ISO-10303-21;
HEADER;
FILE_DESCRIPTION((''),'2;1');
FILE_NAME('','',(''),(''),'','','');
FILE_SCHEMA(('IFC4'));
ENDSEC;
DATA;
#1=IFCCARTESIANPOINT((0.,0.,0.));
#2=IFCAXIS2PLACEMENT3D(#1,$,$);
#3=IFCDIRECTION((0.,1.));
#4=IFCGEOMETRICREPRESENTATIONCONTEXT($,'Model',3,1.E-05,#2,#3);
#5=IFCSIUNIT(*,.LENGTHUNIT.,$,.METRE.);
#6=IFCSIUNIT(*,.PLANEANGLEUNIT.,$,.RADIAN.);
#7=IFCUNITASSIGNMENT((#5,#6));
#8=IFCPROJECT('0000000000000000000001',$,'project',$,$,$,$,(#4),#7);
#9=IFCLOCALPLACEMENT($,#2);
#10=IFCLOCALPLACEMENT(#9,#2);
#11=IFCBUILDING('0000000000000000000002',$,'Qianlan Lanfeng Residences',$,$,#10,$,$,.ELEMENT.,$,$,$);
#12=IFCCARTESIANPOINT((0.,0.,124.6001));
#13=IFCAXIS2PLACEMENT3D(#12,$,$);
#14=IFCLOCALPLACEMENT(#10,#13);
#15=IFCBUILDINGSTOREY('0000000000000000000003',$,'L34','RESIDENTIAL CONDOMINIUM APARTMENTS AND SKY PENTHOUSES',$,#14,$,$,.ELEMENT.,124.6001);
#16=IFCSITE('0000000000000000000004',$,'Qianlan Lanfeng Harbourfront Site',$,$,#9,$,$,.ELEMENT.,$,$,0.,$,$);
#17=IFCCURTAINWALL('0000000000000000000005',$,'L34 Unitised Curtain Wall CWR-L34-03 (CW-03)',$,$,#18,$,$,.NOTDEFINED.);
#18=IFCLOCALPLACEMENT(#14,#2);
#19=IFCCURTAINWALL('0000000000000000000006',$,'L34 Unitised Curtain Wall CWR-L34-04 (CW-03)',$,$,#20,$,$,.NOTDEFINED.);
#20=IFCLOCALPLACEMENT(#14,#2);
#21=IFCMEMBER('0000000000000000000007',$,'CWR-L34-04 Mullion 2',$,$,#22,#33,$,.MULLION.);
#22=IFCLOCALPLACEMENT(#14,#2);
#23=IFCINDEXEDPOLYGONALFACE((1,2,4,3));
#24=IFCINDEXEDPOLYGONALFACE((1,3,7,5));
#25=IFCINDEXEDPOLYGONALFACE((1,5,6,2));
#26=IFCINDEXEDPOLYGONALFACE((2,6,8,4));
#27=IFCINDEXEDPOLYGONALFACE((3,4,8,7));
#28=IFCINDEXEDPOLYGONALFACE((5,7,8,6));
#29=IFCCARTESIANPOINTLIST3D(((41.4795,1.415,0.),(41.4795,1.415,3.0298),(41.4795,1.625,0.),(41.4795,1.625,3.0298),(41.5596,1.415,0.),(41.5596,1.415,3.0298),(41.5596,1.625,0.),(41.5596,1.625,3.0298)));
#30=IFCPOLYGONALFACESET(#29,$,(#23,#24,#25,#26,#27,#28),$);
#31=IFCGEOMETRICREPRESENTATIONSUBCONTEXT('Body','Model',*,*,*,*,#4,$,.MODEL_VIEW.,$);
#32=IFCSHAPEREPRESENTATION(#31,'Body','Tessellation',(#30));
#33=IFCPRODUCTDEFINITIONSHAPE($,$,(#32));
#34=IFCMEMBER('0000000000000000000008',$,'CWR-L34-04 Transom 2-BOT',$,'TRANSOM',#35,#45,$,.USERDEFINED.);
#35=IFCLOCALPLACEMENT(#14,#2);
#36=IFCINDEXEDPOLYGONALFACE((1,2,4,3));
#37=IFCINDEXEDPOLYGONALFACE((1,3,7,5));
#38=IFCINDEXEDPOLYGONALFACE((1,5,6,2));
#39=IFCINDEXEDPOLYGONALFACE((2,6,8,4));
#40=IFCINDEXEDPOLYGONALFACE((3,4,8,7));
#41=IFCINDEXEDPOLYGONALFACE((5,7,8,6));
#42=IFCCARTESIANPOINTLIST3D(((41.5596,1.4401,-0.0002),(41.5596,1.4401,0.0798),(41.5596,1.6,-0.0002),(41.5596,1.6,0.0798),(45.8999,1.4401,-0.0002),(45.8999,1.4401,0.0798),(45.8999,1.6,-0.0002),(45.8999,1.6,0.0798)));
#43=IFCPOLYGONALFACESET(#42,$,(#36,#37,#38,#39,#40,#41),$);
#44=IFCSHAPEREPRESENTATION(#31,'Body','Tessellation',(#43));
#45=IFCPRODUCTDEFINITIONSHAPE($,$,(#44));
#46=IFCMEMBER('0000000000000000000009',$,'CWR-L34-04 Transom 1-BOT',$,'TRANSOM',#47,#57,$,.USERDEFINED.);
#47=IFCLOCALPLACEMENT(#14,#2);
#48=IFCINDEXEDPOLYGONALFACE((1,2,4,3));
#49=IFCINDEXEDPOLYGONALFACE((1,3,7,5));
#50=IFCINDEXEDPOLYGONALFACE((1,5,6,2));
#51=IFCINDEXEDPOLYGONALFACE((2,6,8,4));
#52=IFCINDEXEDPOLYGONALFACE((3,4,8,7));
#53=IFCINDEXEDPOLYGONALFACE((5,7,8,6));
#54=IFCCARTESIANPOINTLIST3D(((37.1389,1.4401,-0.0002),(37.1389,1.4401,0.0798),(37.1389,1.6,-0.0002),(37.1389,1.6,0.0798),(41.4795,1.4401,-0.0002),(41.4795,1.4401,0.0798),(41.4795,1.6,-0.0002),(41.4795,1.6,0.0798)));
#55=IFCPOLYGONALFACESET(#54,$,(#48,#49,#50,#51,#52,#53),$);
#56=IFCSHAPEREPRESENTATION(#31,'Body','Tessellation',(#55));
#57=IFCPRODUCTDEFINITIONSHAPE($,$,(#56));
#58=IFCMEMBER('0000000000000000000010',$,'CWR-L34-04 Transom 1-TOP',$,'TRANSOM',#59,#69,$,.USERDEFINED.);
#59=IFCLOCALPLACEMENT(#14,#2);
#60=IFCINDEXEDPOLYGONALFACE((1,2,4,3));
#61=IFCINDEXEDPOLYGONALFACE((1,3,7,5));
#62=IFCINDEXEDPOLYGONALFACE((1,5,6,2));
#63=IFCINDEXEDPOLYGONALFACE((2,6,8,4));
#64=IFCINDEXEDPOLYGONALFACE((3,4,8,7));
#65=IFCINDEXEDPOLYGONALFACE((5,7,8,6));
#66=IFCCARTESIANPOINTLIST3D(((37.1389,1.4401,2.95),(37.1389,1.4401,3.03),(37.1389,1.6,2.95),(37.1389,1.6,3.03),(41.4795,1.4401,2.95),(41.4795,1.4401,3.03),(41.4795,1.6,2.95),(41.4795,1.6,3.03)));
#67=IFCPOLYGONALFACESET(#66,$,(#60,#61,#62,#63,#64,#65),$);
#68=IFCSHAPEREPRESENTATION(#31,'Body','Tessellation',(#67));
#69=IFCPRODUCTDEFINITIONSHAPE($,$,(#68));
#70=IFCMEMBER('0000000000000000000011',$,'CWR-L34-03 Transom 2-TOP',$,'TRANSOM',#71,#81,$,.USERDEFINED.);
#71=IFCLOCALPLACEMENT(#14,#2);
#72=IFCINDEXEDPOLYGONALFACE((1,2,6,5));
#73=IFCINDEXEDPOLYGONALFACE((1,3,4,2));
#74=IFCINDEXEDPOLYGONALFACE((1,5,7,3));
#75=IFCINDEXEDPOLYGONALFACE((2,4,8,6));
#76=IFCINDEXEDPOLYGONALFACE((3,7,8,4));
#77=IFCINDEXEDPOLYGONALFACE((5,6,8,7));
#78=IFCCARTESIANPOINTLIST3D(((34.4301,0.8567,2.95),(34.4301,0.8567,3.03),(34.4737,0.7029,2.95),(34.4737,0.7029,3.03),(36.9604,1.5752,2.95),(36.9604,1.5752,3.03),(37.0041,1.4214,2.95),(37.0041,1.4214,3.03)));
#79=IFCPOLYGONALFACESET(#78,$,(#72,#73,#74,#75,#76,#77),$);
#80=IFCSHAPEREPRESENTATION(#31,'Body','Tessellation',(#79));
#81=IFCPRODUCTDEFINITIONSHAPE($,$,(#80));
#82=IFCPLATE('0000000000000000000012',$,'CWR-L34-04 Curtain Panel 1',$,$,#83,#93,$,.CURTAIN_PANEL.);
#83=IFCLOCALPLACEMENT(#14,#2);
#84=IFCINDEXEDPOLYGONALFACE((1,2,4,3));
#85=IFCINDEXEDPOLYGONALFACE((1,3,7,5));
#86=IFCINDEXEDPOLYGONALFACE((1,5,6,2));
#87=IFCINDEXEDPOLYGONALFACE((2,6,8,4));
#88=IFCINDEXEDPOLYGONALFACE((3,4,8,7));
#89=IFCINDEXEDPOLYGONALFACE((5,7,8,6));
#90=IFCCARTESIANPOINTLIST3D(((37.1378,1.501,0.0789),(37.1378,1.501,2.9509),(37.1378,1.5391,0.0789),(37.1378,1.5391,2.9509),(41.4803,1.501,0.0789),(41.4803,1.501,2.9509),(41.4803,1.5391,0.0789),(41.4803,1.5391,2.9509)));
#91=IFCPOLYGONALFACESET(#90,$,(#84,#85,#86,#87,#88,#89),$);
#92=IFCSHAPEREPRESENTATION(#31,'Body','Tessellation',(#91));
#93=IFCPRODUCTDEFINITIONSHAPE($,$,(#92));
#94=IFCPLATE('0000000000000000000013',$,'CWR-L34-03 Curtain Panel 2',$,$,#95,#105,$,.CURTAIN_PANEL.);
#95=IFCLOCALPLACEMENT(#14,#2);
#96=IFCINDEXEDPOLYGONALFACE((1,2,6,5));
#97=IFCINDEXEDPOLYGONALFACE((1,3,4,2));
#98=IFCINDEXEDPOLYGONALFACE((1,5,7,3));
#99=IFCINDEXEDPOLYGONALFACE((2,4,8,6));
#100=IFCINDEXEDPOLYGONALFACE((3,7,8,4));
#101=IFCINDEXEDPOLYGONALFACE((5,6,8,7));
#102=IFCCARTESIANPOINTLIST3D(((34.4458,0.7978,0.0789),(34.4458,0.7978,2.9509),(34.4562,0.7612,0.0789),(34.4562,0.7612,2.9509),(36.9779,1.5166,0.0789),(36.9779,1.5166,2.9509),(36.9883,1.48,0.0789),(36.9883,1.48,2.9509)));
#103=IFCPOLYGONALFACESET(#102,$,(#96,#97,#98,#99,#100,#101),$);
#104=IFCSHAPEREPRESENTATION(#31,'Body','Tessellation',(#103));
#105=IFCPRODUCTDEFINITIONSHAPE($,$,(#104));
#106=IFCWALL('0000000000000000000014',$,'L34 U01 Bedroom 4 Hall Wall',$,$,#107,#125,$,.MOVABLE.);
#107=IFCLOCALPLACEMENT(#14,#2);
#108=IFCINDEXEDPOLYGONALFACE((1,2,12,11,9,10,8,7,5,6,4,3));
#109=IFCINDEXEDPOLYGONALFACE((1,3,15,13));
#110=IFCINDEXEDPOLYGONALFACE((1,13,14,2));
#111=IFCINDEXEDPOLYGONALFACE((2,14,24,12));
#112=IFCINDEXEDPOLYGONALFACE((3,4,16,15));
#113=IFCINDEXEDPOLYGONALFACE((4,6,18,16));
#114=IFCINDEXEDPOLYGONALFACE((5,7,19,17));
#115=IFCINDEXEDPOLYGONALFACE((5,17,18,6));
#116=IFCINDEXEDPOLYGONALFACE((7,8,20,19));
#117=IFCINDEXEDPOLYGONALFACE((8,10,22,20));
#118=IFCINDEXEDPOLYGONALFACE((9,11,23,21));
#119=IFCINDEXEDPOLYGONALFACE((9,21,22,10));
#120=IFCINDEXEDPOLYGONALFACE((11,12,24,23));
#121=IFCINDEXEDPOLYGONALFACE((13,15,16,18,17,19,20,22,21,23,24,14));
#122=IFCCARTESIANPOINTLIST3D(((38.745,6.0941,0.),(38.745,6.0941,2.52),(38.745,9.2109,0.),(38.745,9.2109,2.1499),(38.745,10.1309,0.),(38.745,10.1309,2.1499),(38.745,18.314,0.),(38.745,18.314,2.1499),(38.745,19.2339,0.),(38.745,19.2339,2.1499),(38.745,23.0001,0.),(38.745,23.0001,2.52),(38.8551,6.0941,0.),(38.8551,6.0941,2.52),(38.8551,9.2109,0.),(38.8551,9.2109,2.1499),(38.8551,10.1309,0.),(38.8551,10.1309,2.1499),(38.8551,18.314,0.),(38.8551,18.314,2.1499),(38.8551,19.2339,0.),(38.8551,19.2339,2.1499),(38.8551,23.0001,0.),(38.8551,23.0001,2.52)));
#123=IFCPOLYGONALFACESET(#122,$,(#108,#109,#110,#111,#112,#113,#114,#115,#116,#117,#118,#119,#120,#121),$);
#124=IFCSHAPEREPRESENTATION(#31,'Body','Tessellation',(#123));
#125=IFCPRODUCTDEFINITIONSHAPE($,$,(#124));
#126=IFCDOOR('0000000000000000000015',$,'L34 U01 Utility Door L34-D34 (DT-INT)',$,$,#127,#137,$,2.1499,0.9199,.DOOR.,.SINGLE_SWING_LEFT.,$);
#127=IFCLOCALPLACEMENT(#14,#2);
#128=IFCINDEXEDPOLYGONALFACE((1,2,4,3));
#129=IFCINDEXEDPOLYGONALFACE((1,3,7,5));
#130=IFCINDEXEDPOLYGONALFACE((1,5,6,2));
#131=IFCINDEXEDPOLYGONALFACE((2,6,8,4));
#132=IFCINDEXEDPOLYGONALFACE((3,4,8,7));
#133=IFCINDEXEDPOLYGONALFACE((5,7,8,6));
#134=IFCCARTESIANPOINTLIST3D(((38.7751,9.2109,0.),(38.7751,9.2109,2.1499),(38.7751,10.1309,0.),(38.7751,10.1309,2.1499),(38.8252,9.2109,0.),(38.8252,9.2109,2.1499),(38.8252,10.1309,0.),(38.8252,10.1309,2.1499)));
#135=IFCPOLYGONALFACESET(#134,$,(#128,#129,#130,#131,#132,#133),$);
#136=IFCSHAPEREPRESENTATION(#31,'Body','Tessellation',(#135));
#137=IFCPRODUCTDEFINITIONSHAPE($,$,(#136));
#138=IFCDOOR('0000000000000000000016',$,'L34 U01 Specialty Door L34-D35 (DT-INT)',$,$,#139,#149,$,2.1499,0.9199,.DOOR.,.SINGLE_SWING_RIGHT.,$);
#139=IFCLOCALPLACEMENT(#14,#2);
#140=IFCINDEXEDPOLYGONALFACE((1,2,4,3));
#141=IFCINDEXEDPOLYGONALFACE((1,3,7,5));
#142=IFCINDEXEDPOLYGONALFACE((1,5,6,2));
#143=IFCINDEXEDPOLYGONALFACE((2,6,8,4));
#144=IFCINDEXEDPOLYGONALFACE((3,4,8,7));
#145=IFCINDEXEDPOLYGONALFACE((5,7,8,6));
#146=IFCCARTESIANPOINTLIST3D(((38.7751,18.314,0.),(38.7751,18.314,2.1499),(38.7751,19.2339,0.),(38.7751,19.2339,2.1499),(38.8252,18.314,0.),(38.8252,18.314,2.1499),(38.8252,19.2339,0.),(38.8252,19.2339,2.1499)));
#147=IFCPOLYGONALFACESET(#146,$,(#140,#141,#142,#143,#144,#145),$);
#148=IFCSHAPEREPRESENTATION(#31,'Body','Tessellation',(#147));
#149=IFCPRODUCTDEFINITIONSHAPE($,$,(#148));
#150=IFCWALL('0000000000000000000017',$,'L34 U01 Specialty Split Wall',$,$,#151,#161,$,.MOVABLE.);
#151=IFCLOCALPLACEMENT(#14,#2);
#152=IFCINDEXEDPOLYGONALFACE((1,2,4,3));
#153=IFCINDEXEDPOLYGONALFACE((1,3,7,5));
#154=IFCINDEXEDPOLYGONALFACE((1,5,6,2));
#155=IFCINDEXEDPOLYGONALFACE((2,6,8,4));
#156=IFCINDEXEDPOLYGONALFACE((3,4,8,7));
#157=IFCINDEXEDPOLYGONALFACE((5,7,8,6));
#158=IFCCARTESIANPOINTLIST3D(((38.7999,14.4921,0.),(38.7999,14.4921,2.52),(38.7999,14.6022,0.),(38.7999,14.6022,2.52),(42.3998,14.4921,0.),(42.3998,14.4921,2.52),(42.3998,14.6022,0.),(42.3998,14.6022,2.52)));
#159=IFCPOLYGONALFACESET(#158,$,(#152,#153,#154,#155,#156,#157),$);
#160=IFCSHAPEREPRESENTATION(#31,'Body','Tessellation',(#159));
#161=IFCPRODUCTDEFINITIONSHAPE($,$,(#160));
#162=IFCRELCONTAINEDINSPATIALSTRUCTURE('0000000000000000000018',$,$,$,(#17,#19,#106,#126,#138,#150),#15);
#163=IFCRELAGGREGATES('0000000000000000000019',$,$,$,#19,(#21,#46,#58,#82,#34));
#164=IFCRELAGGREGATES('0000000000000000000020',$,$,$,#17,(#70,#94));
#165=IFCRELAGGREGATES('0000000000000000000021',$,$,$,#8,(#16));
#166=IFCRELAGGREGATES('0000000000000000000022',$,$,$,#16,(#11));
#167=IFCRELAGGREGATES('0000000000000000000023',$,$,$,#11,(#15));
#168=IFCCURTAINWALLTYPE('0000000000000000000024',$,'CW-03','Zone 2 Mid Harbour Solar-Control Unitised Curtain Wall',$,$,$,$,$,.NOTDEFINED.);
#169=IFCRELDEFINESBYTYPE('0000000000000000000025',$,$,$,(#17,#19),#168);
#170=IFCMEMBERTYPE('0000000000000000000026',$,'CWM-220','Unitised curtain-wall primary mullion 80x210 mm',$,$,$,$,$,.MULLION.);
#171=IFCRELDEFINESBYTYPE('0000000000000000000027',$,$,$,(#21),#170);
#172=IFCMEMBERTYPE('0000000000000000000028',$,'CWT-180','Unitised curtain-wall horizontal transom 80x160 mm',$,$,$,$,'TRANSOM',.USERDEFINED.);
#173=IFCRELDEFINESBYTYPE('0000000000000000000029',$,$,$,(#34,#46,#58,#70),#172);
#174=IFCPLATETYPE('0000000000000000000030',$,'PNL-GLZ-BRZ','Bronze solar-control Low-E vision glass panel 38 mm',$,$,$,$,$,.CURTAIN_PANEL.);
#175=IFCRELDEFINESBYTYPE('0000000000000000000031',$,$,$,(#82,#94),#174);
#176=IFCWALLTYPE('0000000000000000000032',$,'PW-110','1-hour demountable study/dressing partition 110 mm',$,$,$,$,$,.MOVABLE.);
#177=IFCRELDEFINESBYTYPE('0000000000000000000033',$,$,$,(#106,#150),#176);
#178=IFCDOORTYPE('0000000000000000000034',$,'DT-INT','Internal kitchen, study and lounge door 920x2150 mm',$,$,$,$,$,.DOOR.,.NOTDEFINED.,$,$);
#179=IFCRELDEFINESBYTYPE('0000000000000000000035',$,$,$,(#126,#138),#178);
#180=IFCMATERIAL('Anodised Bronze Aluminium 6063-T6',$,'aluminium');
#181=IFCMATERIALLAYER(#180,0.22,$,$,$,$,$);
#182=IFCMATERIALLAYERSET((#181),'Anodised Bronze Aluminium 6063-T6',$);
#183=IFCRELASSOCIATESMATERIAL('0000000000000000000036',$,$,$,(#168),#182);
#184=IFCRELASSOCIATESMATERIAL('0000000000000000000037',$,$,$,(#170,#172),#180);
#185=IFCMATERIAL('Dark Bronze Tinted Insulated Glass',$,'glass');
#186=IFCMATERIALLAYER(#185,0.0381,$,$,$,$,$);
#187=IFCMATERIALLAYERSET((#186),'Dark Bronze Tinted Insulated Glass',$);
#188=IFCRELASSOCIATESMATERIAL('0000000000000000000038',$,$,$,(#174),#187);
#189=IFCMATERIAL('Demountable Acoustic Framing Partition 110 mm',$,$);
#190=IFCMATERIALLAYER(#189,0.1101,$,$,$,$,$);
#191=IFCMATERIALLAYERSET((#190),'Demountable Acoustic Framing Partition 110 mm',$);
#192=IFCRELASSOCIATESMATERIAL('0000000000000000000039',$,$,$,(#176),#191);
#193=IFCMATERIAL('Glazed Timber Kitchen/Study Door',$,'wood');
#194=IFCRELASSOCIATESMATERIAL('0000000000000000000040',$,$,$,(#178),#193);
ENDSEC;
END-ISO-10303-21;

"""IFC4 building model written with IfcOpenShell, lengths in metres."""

from ifc_helpers import new_model, si_unit, direction, frame, frame_2d, origin, origin_2d, place, context, subcontext, project, spatial, rectangle, extrude, source, transform, mapped, material, layer, layer_set, material_profile, profile_set, type_object, element, fill, aggregate, save


model = new_model("IFC4")

# Units and contexts
model_context = context("Model", 3, precision=1e-05, world=origin(), true_north=direction((0.0, 1.0)))
body_context = subcontext(model_context, "Body", "Model", "MODEL_VIEW")
ifc_project = project(units=[si_unit("LENGTHUNIT", "METRE"), si_unit("PLANEANGLEUNIT", "RADIAN")], contexts=[model_context])

# Site, building, storey
site_placement = place(None, origin())
site = spatial("IfcSite", under=ifc_project, at=site_placement, Name="Qianlan Lanfeng Harbourfront Site", CompositionType="ELEMENT", RefElevation=0.0)
building_placement = place(site_placement, origin())
building = spatial("IfcBuilding", under=site, at=building_placement, Name="Qianlan Lanfeng Residences", CompositionType="ELEMENT")
storey_placement = place(building_placement, frame((0.0, 0.0, 124.6001)))
storey = spatial("IfcBuildingStorey", under=building, at=storey_placement, Name="L34", Description="RESIDENTIAL CONDOMINIUM APARTMENTS AND SKY PENTHOUSES", CompositionType="ELEMENT", Elevation=124.6001)

# Curtain wall
ifc_material_1 = material(Name="Anodised Bronze Aluminium 6063-T6", Category="aluminium")
ifc_layer_1 = layer(ifc_material_1, 0.22)
ifc_layer_set_1 = layer_set([ifc_layer_1], Name="Anodised Bronze Aluminium 6063-T6")
curtain_wall_type = type_object("IfcCurtainWallType", Name="CW-03", Description="Zone 2 Mid Harbour Solar-Control Unitised Curtain Wall", PredefinedType="NOTDEFINED", material=ifc_layer_set_1)
curtain_wall_1_placement = place(storey_placement, origin())
curtain_wall_1 = element("IfcCurtainWall", 1, at=curtain_wall_1_placement, inside=storey, type_object=curtain_wall_type, Name="L34 Unitised Curtain Wall CWR-L34-03 (CW-03)", PredefinedType="NOTDEFINED")
ifc_material_profile_1 = material_profile(ifc_material_1, rectangle(XDim=0.0801, YDim=0.21, at=origin_2d()), Name="ALU MULLION 80x210")
ifc_profile_set_1 = profile_set([ifc_material_profile_1], Name="Anodised Bronze Aluminium 6063-T6")
member_type_1 = type_object("IfcMemberType", Name="CWM-220", Description="Unitised curtain-wall primary mullion 80x210 mm", PredefinedType="MULLION", material=ifc_profile_set_1)
shared_shape_1 = source(origin(), body_context, "Body", "SweptSolid", [
    extrude(rectangle(XDim=0.0801, YDim=0.21, at=origin_2d()), origin(), (0.0, 0.0, 1.0), 3.0298),
])

# Curtain wall, members
curtain_wall_2_placement = place(storey_placement, origin())
curtain_wall_2 = element("IfcCurtainWall", 2, at=curtain_wall_2_placement, inside=storey, type_object=curtain_wall_type, Name="L34 Unitised Curtain Wall CWR-L34-04 (CW-03)", PredefinedType="NOTDEFINED")
member_1_placement = place(storey_placement, frame((41.5195, 1.52, 0.0), z_axis=(0.0, 0.0, 1.0), x_axis=(1.0, 0.0, 0.0)))
member_1 = element("IfcMember", 3, at=member_1_placement, type_object=member_type_1, Name="CWR-L34-04 Mullion 2", PredefinedType="MULLION", context=body_context, shape_type="MappedRepresentation", body=[
    mapped(shared_shape_1, transform((0.0, 0.0, 0.0), scale=1.0)),
])
ifc_material_profile_2 = material_profile(ifc_material_1, rectangle(XDim=0.0801, YDim=0.1599, at=origin_2d()), Name="ALU TRANSOM 80x160")
ifc_profile_set_2 = profile_set([ifc_material_profile_2], Name="Anodised Bronze Aluminium 6063-T6")
member_type_2 = type_object("IfcMemberType", Name="CWT-180", Description="Unitised curtain-wall horizontal transom 80x160 mm", ElementType="TRANSOM", PredefinedType="USERDEFINED", material=ifc_profile_set_2)
shared_shape_2 = source(origin(), body_context, "Body", "SweptSolid", [
    extrude(rectangle(XDim=0.0801, YDim=0.1599, at=origin_2d()), origin(), (0.0, 0.0, 1.0), 4.3403),
])
member_2_placement = place(storey_placement, frame((41.5596, 1.52, 0.0398), z_axis=(1.0, 0.0, 0.0), x_axis=(0.0, 0.0, 1.0)))
member_2 = element("IfcMember", 4, at=member_2_placement, type_object=member_type_2, Name="CWR-L34-04 Transom 2-BOT", ObjectType="TRANSOM", PredefinedType="USERDEFINED", context=body_context, shape_type="MappedRepresentation", body=[
    mapped(shared_shape_2, transform((0.0, 0.0, 0.0), scale=1.0)),
])
shared_shape_3 = source(origin(), body_context, "Body", "SweptSolid", [
    extrude(rectangle(XDim=0.0801, YDim=0.1599, at=origin_2d()), origin(), (0.0, 0.0, 1.0), 4.3406),
])
member_3_placement = place(storey_placement, frame((37.1389, 1.52, 0.0398), z_axis=(1.0, 0.0, 0.0), x_axis=(0.0, 0.0, 1.0)))
member_3 = element("IfcMember", 5, at=member_3_placement, type_object=member_type_2, Name="CWR-L34-04 Transom 1-BOT", ObjectType="TRANSOM", PredefinedType="USERDEFINED", context=body_context, shape_type="MappedRepresentation", body=[
    mapped(shared_shape_3, transform((0.0, 0.0, 0.0), scale=1.0)),
])
member_4_placement = place(storey_placement, frame((37.1389, 1.52, 2.99), z_axis=(1.0, 0.0, 0.0), x_axis=(0.0, 0.0, 1.0)))
member_4 = element("IfcMember", 6, at=member_4_placement, type_object=member_type_2, Name="CWR-L34-04 Transom 1-TOP", ObjectType="TRANSOM", PredefinedType="USERDEFINED", context=body_context, shape_type="MappedRepresentation", body=[
    mapped(shared_shape_3, transform((0.0, 0.0, 0.0), scale=1.0)),
])

# Member
shared_shape_4 = source(origin(), body_context, "Body", "SweptSolid", [
    extrude(rectangle(XDim=0.0801, YDim=0.1599, at=origin_2d()), origin(), (0.0, 0.0, 1.0), 2.6304),
])
member_5_placement = place(storey_placement, frame((34.4519, 0.7798, 2.99), z_axis=(0.961968, 0.273164, 0.0), x_axis=(0.0, 0.0, 1.0)))
member_5 = element("IfcMember", 7, at=member_5_placement, type_object=member_type_2, Name="CWR-L34-03 Transom 2-TOP", ObjectType="TRANSOM", PredefinedType="USERDEFINED", context=body_context, shape_type="MappedRepresentation", body=[
    mapped(shared_shape_4, transform((0.0, 0.0, 0.0), scale=1.0)),
])

# Plates
ifc_material_2 = material(Name="Dark Bronze Tinted Insulated Glass", Category="glass")
ifc_layer_2 = layer(ifc_material_2, 0.0381)
ifc_layer_set_2 = layer_set([ifc_layer_2], Name="Dark Bronze Tinted Insulated Glass")
plate_type = type_object("IfcPlateType", Name="PNL-GLZ-BRZ", Description="Bronze solar-control Low-E vision glass panel 38 mm", PredefinedType="CURTAIN_PANEL", material=ifc_layer_set_2)
shared_shape_5 = source(origin(), body_context, "Body", "SweptSolid", [
    extrude(rectangle(XDim=4.3425, YDim=0.0381, at=origin_2d()), origin(), (0.0, 0.0, 1.0), 2.8721),
])
plate_1_placement = place(storey_placement, frame((39.3091, 1.52, 0.0789), z_axis=(0.0, 0.0, 1.0), x_axis=(1.0, 0.0, 0.0)))
plate_1 = element("IfcPlate", 8, at=plate_1_placement, type_object=plate_type, Name="CWR-L34-04 Curtain Panel 1", PredefinedType="CURTAIN_PANEL", context=body_context, shape_type="MappedRepresentation", body=[
    mapped(shared_shape_5, transform((0.0, 0.0, 0.0), scale=1.0)),
])
aggregate(curtain_wall_2, [member_1, member_3, member_4, plate_1, member_2])
shared_shape_6 = source(origin(), body_context, "Body", "SweptSolid", [
    extrude(rectangle(XDim=2.6321, YDim=0.0381, at=origin_2d()), origin(), (0.0, 0.0, 1.0), 2.8721),
])
plate_2_placement = place(storey_placement, frame((35.717, 1.1389, 0.0789), z_axis=(0.0, 0.0, 1.0), x_axis=(0.961989, 0.273088, 0.0)))
plate_2 = element("IfcPlate", 9, at=plate_2_placement, type_object=plate_type, Name="CWR-L34-03 Curtain Panel 2", PredefinedType="CURTAIN_PANEL", context=body_context, shape_type="MappedRepresentation", body=[
    mapped(shared_shape_6, transform((0.0, 0.0, 0.0), scale=1.0)),
])
aggregate(curtain_wall_1, [member_5, plate_2])

# Wall, openings, doors
ifc_material_3 = material(Name="Demountable Acoustic Framing Partition 110 mm")
ifc_layer_3 = layer(ifc_material_3, 0.1101)
ifc_layer_set_3 = layer_set([ifc_layer_3], Name="Demountable Acoustic Framing Partition 110 mm")
wall_type_1 = type_object("IfcWallType", Name="PW-110", Description="1-hour demountable study/dressing partition 110 mm", PredefinedType="MOVABLE", material=ifc_layer_set_3)
wall_1_placement = place(storey_placement, frame((38.8, 6.094, 0.0), z_axis=(0.0, 0.0, 1.0), x_axis=(0.0, 1.0, 0.0)))
wall_1 = element("IfcWall", 10, at=wall_1_placement, inside=storey, type_object=wall_type_1, Name="L34 U01 Bedroom 4 Hall Wall", PredefinedType="MOVABLE", context=body_context, shape_type="SweptSolid", body=[
    extrude(rectangle(XDim=16.906, YDim=0.1101, at=frame_2d((8.4531, 0.0))), origin(), (0.0, 0.0, 1.0), 2.52),
])
opening_1_placement = place(wall_1_placement, frame((3.1169, 0.0, 0.0)))
opening_1 = element("IfcOpeningElement", 11, at=opening_1_placement, cuts=wall_1, PredefinedType="OPENING", context=body_context, shape_type="SweptSolid", body=[
    extrude(rectangle(XDim=0.9199, YDim=2.1499, at=frame_2d((0.46, 1.075))), frame((0.0, 0.0649, 0.0), z_axis=(0.0, -1.0, 0.0), x_axis=(1.0, 0.0, 0.0)), (0.0, 0.0, 1.0), 0.1301),
])
opening_2_placement = place(wall_1_placement, frame((12.22, 0.0, 0.0)))
opening_2 = element("IfcOpeningElement", 12, at=opening_2_placement, cuts=wall_1, PredefinedType="OPENING", context=body_context, shape_type="SweptSolid", body=[
    extrude(rectangle(XDim=0.9199, YDim=2.1499, at=frame_2d((0.46, 1.075))), frame((0.0, 0.0649, 0.0), z_axis=(0.0, -1.0, 0.0), x_axis=(1.0, 0.0, 0.0)), (0.0, 0.0, 1.0), 0.1301),
])
ifc_material_4 = material(Name="Glazed Timber Kitchen/Study Door", Category="wood")
door_type_1 = type_object("IfcDoorType", Name="DT-INT", Description="Internal kitchen, study and lounge door 920x2150 mm", OperationType="NOTDEFINED", PredefinedType="DOOR", material=ifc_material_4)
door_1_placement = place(opening_1_placement, origin())
door_1 = element("IfcDoor", 13, at=door_1_placement, inside=storey, type_object=door_type_1, Name="L34 U01 Utility Door L34-D34 (DT-INT)", OperationType="SINGLE_SWING_LEFT", OverallHeight=2.1499, OverallWidth=0.9199, PredefinedType="DOOR", context=body_context, shape_type="SweptSolid", body=[
    extrude(rectangle(XDim=0.9199, YDim=2.1499, at=frame_2d((0.46, 1.075))), frame((0.0, 0.0249, 0.0), z_axis=(0.0, -1.0, 0.0), x_axis=(1.0, 0.0, 0.0)), (0.0, 0.0, 1.0), 0.05),
])
fill(opening_1, door_1)
door_2_placement = place(opening_2_placement, origin())
door_2 = element("IfcDoor", 14, at=door_2_placement, inside=storey, type_object=door_type_1, Name="L34 U01 Specialty Door L34-D35 (DT-INT)", OperationType="SINGLE_SWING_RIGHT", OverallHeight=2.1499, OverallWidth=0.9199, PredefinedType="DOOR", context=body_context, shape_type="SweptSolid", body=[
    extrude(rectangle(XDim=0.9199, YDim=2.1499, at=frame_2d((0.46, 1.075))), frame((0.0, 0.0249, 0.0), z_axis=(0.0, -1.0, 0.0), x_axis=(1.0, 0.0, 0.0)), (0.0, 0.0, 1.0), 0.05),
])
fill(opening_2, door_2)

# Wall
wall_2_placement = place(storey_placement, frame((38.8, 14.5471, 0.0), z_axis=(0.0, 0.0, 1.0), x_axis=(1.0, 0.0, 0.0)))
element("IfcWall", 15, at=wall_2_placement, inside=storey, type_object=wall_type_1, Name="L34 U01 Specialty Split Wall", PredefinedType="MOVABLE", context=body_context, shape_type="SweptSolid", body=[
    extrude(rectangle(XDim=3.5999, YDim=0.1101, at=frame_2d((1.7998, 0.0))), origin(), (0.0, 0.0, 1.0), 2.52),
])

save(model, "model.ifc")
